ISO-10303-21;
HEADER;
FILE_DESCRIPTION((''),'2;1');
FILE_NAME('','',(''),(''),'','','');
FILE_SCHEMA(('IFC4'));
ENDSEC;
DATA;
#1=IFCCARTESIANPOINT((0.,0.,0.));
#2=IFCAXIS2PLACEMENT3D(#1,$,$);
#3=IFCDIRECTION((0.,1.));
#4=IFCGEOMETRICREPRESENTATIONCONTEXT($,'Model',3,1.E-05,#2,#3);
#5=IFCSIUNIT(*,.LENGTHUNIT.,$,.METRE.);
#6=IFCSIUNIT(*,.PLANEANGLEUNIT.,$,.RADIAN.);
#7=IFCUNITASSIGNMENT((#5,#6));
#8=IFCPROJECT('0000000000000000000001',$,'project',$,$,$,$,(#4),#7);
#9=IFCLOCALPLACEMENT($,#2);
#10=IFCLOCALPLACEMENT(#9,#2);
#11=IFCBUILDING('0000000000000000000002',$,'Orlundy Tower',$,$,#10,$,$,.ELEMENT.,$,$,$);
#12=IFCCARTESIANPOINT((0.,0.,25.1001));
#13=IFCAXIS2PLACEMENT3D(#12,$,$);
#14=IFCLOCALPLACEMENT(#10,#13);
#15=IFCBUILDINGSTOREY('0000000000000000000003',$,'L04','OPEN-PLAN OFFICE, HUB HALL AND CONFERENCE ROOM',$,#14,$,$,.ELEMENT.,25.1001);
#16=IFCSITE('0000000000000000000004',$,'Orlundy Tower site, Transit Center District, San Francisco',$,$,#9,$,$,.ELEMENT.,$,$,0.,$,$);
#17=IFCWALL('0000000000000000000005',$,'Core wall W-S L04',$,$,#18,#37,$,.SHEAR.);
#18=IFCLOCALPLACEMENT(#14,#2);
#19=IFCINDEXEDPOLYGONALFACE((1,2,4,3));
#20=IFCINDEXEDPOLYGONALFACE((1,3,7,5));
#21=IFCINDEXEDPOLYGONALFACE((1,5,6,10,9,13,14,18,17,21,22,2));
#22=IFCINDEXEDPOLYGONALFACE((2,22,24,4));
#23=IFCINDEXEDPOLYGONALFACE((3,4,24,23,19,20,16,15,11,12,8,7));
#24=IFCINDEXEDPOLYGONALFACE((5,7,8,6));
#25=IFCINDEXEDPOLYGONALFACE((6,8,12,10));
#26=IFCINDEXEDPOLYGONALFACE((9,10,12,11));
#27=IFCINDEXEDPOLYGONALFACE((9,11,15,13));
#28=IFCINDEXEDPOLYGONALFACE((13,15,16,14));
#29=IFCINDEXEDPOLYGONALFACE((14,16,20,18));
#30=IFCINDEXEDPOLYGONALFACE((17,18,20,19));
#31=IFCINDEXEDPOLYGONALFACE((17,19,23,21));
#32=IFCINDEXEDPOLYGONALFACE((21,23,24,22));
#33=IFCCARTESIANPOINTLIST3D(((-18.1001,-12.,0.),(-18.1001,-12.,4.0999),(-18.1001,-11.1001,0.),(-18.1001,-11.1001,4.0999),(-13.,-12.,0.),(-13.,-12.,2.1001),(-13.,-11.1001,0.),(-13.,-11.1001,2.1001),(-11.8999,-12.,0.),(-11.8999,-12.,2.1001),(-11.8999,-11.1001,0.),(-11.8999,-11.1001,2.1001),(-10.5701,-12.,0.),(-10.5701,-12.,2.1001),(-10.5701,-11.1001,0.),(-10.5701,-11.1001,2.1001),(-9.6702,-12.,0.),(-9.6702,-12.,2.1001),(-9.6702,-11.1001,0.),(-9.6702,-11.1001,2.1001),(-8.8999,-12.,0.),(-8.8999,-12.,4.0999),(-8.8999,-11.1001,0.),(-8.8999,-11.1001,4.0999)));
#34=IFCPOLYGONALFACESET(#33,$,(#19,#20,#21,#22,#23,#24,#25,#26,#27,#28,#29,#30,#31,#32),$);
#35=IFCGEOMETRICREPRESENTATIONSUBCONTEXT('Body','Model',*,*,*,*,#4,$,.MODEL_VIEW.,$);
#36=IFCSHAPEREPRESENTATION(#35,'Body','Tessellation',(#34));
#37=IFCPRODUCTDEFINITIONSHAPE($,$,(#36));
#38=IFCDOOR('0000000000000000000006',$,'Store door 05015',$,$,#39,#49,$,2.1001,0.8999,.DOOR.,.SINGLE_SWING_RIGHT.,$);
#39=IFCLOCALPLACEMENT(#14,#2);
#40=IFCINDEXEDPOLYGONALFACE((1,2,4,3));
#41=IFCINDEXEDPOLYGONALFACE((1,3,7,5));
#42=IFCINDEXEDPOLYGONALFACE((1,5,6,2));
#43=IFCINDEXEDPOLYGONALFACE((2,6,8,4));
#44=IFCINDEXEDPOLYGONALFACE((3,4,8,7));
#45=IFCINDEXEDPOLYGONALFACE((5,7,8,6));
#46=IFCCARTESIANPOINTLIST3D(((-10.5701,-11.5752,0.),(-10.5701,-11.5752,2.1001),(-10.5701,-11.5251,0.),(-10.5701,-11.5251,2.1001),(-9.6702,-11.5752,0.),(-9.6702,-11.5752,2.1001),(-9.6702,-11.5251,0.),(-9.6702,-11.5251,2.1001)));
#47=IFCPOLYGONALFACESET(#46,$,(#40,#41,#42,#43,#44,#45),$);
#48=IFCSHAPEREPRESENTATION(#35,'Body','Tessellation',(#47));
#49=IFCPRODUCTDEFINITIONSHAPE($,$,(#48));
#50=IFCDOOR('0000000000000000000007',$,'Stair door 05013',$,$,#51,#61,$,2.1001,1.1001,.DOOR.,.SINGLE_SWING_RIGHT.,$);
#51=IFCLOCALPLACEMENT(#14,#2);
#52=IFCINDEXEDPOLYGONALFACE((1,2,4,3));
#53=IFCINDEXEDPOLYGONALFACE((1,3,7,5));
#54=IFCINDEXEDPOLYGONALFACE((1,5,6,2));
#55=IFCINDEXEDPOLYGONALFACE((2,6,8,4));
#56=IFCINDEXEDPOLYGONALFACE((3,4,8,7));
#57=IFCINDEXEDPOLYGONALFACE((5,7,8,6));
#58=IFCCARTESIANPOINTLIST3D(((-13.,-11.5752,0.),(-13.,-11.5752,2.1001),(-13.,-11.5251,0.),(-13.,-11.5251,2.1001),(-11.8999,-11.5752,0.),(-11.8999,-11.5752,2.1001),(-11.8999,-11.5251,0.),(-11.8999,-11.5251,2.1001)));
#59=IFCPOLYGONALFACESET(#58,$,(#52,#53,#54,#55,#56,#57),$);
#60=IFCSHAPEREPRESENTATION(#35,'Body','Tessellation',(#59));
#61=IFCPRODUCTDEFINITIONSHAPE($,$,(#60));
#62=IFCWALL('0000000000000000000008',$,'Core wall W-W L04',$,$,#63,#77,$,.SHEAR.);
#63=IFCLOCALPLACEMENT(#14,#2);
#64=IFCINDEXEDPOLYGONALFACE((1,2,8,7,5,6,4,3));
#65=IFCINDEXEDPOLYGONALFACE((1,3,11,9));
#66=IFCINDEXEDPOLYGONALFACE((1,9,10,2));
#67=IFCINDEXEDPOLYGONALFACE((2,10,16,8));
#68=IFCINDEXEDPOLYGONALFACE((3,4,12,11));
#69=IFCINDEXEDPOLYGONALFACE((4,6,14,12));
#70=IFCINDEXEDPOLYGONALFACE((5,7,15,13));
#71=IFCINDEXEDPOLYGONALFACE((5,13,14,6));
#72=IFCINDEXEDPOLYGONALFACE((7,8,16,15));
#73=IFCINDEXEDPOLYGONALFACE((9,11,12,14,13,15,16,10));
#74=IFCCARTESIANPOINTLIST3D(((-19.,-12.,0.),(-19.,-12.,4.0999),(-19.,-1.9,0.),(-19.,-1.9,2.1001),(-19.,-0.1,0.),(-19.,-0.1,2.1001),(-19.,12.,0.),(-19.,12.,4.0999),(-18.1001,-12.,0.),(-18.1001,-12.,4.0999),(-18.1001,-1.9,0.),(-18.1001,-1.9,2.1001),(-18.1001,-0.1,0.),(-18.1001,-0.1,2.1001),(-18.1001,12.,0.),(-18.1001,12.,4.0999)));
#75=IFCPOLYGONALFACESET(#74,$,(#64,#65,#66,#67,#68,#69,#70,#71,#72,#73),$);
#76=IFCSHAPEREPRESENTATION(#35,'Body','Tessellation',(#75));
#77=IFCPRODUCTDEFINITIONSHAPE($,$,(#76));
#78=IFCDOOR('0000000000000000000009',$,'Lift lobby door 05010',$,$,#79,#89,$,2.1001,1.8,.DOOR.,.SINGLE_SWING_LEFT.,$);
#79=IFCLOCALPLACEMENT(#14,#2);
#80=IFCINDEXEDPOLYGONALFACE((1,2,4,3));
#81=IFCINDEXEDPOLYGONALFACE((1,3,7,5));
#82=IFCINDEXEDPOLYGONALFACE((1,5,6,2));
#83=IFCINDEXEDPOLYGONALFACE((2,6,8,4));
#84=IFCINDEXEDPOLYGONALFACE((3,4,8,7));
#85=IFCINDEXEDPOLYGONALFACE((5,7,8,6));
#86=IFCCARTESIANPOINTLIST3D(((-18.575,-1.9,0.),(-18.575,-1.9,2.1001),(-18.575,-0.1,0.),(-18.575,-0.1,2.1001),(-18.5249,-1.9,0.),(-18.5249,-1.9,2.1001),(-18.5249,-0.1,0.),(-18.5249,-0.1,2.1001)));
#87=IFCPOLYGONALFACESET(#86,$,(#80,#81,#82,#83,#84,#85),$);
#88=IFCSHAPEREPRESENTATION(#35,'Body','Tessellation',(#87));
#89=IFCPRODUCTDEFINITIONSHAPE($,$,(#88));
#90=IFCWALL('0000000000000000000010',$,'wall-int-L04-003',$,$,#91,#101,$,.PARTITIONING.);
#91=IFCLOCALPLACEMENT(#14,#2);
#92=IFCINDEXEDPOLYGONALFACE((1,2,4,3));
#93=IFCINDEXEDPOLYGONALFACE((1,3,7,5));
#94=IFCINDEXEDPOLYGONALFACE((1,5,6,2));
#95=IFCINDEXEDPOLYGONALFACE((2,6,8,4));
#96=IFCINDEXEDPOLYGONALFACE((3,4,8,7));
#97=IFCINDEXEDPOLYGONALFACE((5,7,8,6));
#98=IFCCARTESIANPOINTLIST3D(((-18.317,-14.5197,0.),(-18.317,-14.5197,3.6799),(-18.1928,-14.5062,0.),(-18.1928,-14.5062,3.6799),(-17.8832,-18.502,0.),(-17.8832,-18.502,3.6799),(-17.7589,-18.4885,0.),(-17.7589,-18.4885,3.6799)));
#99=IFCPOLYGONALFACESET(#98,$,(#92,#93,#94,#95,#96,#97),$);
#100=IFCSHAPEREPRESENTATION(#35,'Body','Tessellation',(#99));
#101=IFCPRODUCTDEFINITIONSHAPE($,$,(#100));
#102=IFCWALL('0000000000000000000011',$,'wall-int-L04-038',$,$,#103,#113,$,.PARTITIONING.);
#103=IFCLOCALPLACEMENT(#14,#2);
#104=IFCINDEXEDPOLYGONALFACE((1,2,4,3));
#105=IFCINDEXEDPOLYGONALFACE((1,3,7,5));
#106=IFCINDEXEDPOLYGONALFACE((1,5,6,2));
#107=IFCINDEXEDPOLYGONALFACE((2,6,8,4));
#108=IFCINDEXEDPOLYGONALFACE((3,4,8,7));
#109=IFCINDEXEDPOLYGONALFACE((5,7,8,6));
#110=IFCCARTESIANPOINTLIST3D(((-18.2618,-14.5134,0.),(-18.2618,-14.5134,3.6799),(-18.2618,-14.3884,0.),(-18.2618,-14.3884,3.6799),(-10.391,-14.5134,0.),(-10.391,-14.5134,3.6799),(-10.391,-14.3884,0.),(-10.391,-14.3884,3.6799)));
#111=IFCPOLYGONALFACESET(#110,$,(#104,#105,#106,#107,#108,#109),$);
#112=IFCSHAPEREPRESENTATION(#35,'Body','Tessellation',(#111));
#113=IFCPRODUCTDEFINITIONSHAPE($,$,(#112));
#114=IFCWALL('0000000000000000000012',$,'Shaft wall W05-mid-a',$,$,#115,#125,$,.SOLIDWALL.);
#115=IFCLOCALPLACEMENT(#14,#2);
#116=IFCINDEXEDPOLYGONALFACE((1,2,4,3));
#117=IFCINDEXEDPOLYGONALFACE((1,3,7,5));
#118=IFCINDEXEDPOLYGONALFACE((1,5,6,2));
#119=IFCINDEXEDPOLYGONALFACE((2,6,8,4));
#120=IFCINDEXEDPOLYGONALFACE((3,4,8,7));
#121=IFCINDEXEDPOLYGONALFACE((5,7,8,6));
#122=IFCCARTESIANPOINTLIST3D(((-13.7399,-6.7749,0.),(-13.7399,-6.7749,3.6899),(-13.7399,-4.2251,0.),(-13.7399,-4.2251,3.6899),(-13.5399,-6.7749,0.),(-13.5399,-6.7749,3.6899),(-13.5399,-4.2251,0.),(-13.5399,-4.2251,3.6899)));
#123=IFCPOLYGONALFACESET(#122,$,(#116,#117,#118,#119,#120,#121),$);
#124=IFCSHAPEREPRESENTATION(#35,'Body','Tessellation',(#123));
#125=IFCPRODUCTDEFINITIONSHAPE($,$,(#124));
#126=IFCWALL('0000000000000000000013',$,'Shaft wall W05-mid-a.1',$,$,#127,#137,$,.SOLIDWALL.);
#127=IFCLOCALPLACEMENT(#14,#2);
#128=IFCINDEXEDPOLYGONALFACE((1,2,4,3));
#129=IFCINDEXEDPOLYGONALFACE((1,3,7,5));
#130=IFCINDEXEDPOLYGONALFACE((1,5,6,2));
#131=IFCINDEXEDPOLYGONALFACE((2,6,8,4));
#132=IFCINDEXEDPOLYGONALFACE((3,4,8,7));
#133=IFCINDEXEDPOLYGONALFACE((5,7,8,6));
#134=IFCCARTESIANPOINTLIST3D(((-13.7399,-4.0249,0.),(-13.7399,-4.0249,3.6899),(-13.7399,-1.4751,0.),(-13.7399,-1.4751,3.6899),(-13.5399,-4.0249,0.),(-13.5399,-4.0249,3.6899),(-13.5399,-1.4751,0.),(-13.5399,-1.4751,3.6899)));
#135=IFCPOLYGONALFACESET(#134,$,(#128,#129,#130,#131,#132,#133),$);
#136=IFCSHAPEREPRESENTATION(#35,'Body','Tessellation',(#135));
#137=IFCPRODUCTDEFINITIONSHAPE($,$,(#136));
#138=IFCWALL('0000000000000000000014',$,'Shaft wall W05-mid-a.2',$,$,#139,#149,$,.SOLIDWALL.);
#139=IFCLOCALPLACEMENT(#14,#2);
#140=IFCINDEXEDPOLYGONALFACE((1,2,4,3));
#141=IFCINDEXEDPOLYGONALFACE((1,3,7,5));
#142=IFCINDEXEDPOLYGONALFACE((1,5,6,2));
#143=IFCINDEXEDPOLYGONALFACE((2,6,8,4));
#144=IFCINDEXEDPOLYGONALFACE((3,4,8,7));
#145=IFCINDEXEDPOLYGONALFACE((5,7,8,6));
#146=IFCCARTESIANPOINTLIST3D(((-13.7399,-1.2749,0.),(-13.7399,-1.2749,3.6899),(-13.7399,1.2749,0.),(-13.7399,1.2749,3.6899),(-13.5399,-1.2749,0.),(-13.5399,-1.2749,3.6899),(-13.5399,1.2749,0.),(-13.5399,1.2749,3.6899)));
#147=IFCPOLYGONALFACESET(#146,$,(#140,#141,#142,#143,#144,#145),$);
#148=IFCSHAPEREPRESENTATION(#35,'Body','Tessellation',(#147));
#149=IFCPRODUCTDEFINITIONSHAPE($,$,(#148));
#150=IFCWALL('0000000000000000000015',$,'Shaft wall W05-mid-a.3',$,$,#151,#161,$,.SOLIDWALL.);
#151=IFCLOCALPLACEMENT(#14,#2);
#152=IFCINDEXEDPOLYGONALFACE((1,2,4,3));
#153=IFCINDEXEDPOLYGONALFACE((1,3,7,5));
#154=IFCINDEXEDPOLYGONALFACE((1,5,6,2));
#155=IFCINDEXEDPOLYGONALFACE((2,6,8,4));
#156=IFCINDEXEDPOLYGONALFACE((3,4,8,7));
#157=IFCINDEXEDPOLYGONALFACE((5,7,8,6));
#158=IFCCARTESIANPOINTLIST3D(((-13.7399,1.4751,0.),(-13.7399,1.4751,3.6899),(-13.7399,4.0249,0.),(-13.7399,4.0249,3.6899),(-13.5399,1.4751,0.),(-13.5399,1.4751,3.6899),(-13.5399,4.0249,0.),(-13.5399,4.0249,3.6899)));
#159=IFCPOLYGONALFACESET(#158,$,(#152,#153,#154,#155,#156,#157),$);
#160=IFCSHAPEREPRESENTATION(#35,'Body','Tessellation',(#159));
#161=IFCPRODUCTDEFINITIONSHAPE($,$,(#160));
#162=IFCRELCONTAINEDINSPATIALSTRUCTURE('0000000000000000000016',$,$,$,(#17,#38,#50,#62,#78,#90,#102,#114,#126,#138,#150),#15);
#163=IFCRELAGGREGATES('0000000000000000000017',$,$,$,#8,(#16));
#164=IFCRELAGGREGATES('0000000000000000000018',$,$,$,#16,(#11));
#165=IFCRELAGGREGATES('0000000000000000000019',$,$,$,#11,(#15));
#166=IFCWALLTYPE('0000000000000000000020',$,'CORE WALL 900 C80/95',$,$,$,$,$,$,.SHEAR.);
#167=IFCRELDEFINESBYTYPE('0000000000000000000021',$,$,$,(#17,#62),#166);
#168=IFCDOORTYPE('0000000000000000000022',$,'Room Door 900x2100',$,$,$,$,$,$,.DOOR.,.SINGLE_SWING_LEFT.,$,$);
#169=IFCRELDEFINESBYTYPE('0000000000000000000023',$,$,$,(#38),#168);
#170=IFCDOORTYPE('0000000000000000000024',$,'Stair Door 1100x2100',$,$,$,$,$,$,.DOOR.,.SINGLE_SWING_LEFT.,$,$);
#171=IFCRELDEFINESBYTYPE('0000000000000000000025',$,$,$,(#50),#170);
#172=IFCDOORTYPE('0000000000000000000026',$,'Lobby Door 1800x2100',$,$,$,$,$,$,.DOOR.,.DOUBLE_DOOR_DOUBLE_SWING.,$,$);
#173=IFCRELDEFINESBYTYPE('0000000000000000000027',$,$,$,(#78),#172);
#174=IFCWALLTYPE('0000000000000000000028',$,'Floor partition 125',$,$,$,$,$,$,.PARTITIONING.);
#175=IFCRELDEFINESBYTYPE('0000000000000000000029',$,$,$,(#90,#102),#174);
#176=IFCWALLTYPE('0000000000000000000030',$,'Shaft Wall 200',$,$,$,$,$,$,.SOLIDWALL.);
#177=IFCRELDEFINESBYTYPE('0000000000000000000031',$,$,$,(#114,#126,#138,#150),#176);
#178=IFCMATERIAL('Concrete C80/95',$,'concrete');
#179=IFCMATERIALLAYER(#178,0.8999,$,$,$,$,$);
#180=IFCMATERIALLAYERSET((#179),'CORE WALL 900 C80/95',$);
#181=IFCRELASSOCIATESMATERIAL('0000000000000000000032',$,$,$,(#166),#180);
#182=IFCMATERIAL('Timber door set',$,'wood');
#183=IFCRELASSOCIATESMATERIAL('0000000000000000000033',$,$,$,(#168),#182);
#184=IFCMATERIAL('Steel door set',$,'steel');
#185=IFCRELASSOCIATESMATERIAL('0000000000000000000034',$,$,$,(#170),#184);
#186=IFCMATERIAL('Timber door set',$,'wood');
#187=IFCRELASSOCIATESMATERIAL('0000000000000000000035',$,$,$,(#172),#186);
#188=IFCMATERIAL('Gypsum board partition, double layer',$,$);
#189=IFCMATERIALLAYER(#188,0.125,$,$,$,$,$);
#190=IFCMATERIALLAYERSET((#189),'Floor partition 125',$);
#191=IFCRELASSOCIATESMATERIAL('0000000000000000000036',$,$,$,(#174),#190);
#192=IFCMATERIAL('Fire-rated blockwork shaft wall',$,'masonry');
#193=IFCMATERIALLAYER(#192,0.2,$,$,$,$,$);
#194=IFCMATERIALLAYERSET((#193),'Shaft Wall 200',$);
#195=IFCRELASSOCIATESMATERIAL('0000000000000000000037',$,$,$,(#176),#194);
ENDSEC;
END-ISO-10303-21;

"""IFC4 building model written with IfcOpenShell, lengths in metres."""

from ifc_helpers import new_model, si_unit, direction, frame, frame_2d, origin, place, context, subcontext, project, spatial, rectangle, extrude, material, layer, layer_set, type_object, element, fill, save


model = new_model("IFC4")

# Units and contexts
model_context = context("Model", 3, precision=1e-05, world=origin(), true_north=direction((0.0, 1.0)))
body_context = subcontext(model_context, "Body", "Model", "MODEL_VIEW")
ifc_project = project(units=[si_unit("LENGTHUNIT", "METRE"), si_unit("PLANEANGLEUNIT", "RADIAN")], contexts=[model_context])

# Site, building, storey
site_placement = place(None, origin())
site = spatial("IfcSite", under=ifc_project, at=site_placement, Name="Orlundy Tower site, Transit Center District, San Francisco", CompositionType="ELEMENT", RefElevation=0.0)
building_placement = place(site_placement, origin())
building = spatial("IfcBuilding", under=site, at=building_placement, Name="Orlundy Tower", CompositionType="ELEMENT")
storey_placement = place(building_placement, frame((0.0, 0.0, 25.1001)))
storey = spatial("IfcBuildingStorey", under=building, at=storey_placement, Name="L04", Description="OPEN-PLAN OFFICE, HUB HALL AND CONFERENCE ROOM", CompositionType="ELEMENT", Elevation=25.1001)

# Wall, openings, doors
ifc_material_1 = material(Name="Concrete C80/95", Category="concrete")
ifc_layer_1 = layer(ifc_material_1, 0.8999)
ifc_layer_set_1 = layer_set([ifc_layer_1], Name="CORE WALL 900 C80/95")
wall_type_1 = type_object("IfcWallType", Name="CORE WALL 900 C80/95", PredefinedType="SHEAR", material=ifc_layer_set_1)
wall_1_placement = place(storey_placement, frame((-18.1001, -11.55, 0.0), z_axis=(0.0, 0.0, 1.0), x_axis=(1.0, 0.0, 0.0)))
wall_1 = element("IfcWall", 1, at=wall_1_placement, inside=storey, type_object=wall_type_1, Name="Core wall W-S L04", PredefinedType="SHEAR", context=body_context, shape_type="SweptSolid", body=[
    extrude(rectangle(XDim=9.2002, YDim=0.8999, at=frame_2d((4.6001, 0.0))), origin(), (0.0, 0.0, 1.0), 4.0999),
])
opening_1_placement = place(wall_1_placement, frame((5.1001, 0.0, 0.0)))
opening_1 = element("IfcOpeningElement", 2, at=opening_1_placement, cuts=wall_1, PredefinedType="OPENING", context=body_context, shape_type="SweptSolid", body=[
    extrude(rectangle(XDim=1.1001, YDim=2.1001, at=frame_2d((0.55, 1.05))), frame((0.0, 0.46, 0.0), z_axis=(0.0, -1.0, 0.0), x_axis=(1.0, 0.0, 0.0)), (0.0, 0.0, 1.0), 0.9199),
])
opening_2_placement = place(wall_1_placement, frame((7.53, 0.0, 0.0)))
opening_2 = element("IfcOpeningElement", 3, at=opening_2_placement, cuts=wall_1, PredefinedType="OPENING", context=body_context, shape_type="SweptSolid", body=[
    extrude(rectangle(XDim=0.8999, YDim=2.1001, at=frame_2d((0.45, 1.05))), frame((0.0, 0.46, 0.0), z_axis=(0.0, -1.0, 0.0), x_axis=(1.0, 0.0, 0.0)), (0.0, 0.0, 1.0), 0.9199),
])
ifc_material_2 = material(Name="Timber door set", Category="wood")
door_type_1 = type_object("IfcDoorType", Name="Room Door 900x2100", OperationType="SINGLE_SWING_LEFT", PredefinedType="DOOR", material=ifc_material_2)
door_1_placement = place(opening_2_placement, origin())
door_1 = element("IfcDoor", 4, at=door_1_placement, inside=storey, type_object=door_type_1, Name="Store door 05015", OperationType="SINGLE_SWING_RIGHT", OverallHeight=2.1001, OverallWidth=0.8999, PredefinedType="DOOR", context=body_context, shape_type="SweptSolid", body=[
    extrude(rectangle(XDim=0.8999, YDim=2.1001, at=frame_2d((0.45, 1.05))), frame((0.0, 0.0249, 0.0), z_axis=(0.0, -1.0, 0.0), x_axis=(1.0, 0.0, 0.0)), (0.0, 0.0, 1.0), 0.05),
])
fill(opening_2, door_1)
ifc_material_3 = material(Name="Steel door set", Category="steel")
door_type_2 = type_object("IfcDoorType", Name="Stair Door 1100x2100", OperationType="SINGLE_SWING_LEFT", PredefinedType="DOOR", material=ifc_material_3)
door_2_placement = place(opening_1_placement, origin())
door_2 = element("IfcDoor", 5, at=door_2_placement, inside=storey, type_object=door_type_2, Name="Stair door 05013", OperationType="SINGLE_SWING_RIGHT", OverallHeight=2.1001, OverallWidth=1.1001, PredefinedType="DOOR", context=body_context, shape_type="SweptSolid", body=[
    extrude(rectangle(XDim=1.1001, YDim=2.1001, at=frame_2d((0.55, 1.05))), frame((0.0, 0.0249, 0.0), z_axis=(0.0, -1.0, 0.0), x_axis=(1.0, 0.0, 0.0)), (0.0, 0.0, 1.0), 0.05),
])
fill(opening_1, door_2)

# Wall, opening, door
wall_2_placement = place(storey_placement, frame((-18.55, -12.0, 0.0), z_axis=(0.0, 0.0, 1.0), x_axis=(0.0, 1.0, 0.0)))
wall_2 = element("IfcWall", 6, at=wall_2_placement, inside=storey, type_object=wall_type_1, Name="Core wall W-W L04", PredefinedType="SHEAR", context=body_context, shape_type="SweptSolid", body=[
    extrude(rectangle(XDim=24.0, YDim=0.8999, at=frame_2d((12.0, 0.0))), origin(), (0.0, 0.0, 1.0), 4.0999),
])
opening_3_placement = place(wall_2_placement, frame((10.1001, 0.0, 0.0)))
opening_3 = element("IfcOpeningElement", 7, at=opening_3_placement, cuts=wall_2, PredefinedType="OPENING", context=body_context, shape_type="SweptSolid", body=[
    extrude(rectangle(XDim=1.8, YDim=2.1001, at=frame_2d((0.8999, 1.05))), frame((0.0, 0.46, 0.0), z_axis=(0.0, -1.0, 0.0), x_axis=(1.0, 0.0, 0.0)), (0.0, 0.0, 1.0), 0.9199),
])
ifc_material_4 = material(Name="Timber door set", Category="wood")
door_type_3 = type_object("IfcDoorType", Name="Lobby Door 1800x2100", OperationType="DOUBLE_DOOR_DOUBLE_SWING", PredefinedType="DOOR", material=ifc_material_4)
door_3_placement = place(opening_3_placement, origin())
door_3 = element("IfcDoor", 8, at=door_3_placement, inside=storey, type_object=door_type_3, Name="Lift lobby door 05010", OperationType="SINGLE_SWING_LEFT", OverallHeight=2.1001, OverallWidth=1.8, PredefinedType="DOOR", context=body_context, shape_type="SweptSolid", body=[
    extrude(rectangle(XDim=1.8, YDim=2.1001, at=frame_2d((0.8999, 1.05))), frame((0.0, 0.0249, 0.0), z_axis=(0.0, -1.0, 0.0), x_axis=(1.0, 0.0, 0.0)), (0.0, 0.0, 1.0), 0.05),
])
fill(opening_3, door_3)

# Walls
ifc_material_5 = material(Name="Gypsum board partition, double layer")
ifc_layer_2 = layer(ifc_material_5, 0.125)
ifc_layer_set_2 = layer_set([ifc_layer_2], Name="Floor partition 125")
wall_type_2 = type_object("IfcWallType", Name="Floor partition 125", PredefinedType="PARTITIONING", material=ifc_layer_set_2)
wall_3_placement = place(storey_placement, frame((-18.2549, -14.5129, 0.0), z_axis=(0.0, 0.0, 1.0), x_axis=(0.108304, -0.994118, 0.0)))
element("IfcWall", 9, at=wall_3_placement, inside=storey, type_object=wall_type_2, Name="wall-int-L04-003", PredefinedType="PARTITIONING", context=body_context, shape_type="SweptSolid", body=[
    extrude(rectangle(XDim=4.0059, YDim=0.125, at=frame_2d((2.0029, 0.0))), origin(), (0.0, 0.0, 1.0), 3.6799),
])
wall_4_placement = place(storey_placement, frame((-18.262, -14.4509, 0.0), z_axis=(0.0, 0.0, 1.0), x_axis=(1.0, 0.0, 0.0)))
element("IfcWall", 10, at=wall_4_placement, inside=storey, type_object=wall_type_2, Name="wall-int-L04-038", PredefinedType="PARTITIONING", context=body_context, shape_type="SweptSolid", body=[
    extrude(rectangle(XDim=7.8708, YDim=0.125, at=frame_2d((3.9355, 0.0))), origin(), (0.0, 0.0, 1.0), 3.6799),
])
ifc_material_6 = material(Name="Fire-rated blockwork shaft wall", Category="masonry")
ifc_layer_3 = layer(ifc_material_6, 0.2)
ifc_layer_set_3 = layer_set([ifc_layer_3], Name="Shaft Wall 200")
wall_type_3 = type_object("IfcWallType", Name="Shaft Wall 200", PredefinedType="SOLIDWALL", material=ifc_layer_set_3)
for number, where, z_axis, x_axis, name in (
    (11, (-13.6399, -6.7749, 0.0), (0.0, 0.0, 1.0), (0.0, 1.0, 0.0), "Shaft wall W05-mid-a"),
    (12, (-13.6399, -4.0249, 0.0), (0.0, 0.0, 1.0), (0.0, 1.0, 0.0), "Shaft wall W05-mid-a.1"),
    (13, (-13.6399, -1.2749, 0.0), (0.0, 0.0, 1.0), (0.0, 1.0, 0.0), "Shaft wall W05-mid-a.2"),
    (14, (-13.6399, 1.4751, 0.0), (0.0, 0.0, 1.0), (0.0, 1.0, 0.0), "Shaft wall W05-mid-a.3"),
):
    element("IfcWall", number, at=place(storey_placement, frame(where, z_axis=z_axis, x_axis=x_axis)), inside=storey, type_object=wall_type_3, Name=name, PredefinedType="SOLIDWALL", context=body_context, shape_type="SweptSolid", body=[
        extrude(rectangle(XDim=2.5498, YDim=0.2, at=frame_2d((1.2749, 0.0))), origin(), (0.0, 0.0, 1.0), 3.6899),
    ])

save(model, "model.ifc")
